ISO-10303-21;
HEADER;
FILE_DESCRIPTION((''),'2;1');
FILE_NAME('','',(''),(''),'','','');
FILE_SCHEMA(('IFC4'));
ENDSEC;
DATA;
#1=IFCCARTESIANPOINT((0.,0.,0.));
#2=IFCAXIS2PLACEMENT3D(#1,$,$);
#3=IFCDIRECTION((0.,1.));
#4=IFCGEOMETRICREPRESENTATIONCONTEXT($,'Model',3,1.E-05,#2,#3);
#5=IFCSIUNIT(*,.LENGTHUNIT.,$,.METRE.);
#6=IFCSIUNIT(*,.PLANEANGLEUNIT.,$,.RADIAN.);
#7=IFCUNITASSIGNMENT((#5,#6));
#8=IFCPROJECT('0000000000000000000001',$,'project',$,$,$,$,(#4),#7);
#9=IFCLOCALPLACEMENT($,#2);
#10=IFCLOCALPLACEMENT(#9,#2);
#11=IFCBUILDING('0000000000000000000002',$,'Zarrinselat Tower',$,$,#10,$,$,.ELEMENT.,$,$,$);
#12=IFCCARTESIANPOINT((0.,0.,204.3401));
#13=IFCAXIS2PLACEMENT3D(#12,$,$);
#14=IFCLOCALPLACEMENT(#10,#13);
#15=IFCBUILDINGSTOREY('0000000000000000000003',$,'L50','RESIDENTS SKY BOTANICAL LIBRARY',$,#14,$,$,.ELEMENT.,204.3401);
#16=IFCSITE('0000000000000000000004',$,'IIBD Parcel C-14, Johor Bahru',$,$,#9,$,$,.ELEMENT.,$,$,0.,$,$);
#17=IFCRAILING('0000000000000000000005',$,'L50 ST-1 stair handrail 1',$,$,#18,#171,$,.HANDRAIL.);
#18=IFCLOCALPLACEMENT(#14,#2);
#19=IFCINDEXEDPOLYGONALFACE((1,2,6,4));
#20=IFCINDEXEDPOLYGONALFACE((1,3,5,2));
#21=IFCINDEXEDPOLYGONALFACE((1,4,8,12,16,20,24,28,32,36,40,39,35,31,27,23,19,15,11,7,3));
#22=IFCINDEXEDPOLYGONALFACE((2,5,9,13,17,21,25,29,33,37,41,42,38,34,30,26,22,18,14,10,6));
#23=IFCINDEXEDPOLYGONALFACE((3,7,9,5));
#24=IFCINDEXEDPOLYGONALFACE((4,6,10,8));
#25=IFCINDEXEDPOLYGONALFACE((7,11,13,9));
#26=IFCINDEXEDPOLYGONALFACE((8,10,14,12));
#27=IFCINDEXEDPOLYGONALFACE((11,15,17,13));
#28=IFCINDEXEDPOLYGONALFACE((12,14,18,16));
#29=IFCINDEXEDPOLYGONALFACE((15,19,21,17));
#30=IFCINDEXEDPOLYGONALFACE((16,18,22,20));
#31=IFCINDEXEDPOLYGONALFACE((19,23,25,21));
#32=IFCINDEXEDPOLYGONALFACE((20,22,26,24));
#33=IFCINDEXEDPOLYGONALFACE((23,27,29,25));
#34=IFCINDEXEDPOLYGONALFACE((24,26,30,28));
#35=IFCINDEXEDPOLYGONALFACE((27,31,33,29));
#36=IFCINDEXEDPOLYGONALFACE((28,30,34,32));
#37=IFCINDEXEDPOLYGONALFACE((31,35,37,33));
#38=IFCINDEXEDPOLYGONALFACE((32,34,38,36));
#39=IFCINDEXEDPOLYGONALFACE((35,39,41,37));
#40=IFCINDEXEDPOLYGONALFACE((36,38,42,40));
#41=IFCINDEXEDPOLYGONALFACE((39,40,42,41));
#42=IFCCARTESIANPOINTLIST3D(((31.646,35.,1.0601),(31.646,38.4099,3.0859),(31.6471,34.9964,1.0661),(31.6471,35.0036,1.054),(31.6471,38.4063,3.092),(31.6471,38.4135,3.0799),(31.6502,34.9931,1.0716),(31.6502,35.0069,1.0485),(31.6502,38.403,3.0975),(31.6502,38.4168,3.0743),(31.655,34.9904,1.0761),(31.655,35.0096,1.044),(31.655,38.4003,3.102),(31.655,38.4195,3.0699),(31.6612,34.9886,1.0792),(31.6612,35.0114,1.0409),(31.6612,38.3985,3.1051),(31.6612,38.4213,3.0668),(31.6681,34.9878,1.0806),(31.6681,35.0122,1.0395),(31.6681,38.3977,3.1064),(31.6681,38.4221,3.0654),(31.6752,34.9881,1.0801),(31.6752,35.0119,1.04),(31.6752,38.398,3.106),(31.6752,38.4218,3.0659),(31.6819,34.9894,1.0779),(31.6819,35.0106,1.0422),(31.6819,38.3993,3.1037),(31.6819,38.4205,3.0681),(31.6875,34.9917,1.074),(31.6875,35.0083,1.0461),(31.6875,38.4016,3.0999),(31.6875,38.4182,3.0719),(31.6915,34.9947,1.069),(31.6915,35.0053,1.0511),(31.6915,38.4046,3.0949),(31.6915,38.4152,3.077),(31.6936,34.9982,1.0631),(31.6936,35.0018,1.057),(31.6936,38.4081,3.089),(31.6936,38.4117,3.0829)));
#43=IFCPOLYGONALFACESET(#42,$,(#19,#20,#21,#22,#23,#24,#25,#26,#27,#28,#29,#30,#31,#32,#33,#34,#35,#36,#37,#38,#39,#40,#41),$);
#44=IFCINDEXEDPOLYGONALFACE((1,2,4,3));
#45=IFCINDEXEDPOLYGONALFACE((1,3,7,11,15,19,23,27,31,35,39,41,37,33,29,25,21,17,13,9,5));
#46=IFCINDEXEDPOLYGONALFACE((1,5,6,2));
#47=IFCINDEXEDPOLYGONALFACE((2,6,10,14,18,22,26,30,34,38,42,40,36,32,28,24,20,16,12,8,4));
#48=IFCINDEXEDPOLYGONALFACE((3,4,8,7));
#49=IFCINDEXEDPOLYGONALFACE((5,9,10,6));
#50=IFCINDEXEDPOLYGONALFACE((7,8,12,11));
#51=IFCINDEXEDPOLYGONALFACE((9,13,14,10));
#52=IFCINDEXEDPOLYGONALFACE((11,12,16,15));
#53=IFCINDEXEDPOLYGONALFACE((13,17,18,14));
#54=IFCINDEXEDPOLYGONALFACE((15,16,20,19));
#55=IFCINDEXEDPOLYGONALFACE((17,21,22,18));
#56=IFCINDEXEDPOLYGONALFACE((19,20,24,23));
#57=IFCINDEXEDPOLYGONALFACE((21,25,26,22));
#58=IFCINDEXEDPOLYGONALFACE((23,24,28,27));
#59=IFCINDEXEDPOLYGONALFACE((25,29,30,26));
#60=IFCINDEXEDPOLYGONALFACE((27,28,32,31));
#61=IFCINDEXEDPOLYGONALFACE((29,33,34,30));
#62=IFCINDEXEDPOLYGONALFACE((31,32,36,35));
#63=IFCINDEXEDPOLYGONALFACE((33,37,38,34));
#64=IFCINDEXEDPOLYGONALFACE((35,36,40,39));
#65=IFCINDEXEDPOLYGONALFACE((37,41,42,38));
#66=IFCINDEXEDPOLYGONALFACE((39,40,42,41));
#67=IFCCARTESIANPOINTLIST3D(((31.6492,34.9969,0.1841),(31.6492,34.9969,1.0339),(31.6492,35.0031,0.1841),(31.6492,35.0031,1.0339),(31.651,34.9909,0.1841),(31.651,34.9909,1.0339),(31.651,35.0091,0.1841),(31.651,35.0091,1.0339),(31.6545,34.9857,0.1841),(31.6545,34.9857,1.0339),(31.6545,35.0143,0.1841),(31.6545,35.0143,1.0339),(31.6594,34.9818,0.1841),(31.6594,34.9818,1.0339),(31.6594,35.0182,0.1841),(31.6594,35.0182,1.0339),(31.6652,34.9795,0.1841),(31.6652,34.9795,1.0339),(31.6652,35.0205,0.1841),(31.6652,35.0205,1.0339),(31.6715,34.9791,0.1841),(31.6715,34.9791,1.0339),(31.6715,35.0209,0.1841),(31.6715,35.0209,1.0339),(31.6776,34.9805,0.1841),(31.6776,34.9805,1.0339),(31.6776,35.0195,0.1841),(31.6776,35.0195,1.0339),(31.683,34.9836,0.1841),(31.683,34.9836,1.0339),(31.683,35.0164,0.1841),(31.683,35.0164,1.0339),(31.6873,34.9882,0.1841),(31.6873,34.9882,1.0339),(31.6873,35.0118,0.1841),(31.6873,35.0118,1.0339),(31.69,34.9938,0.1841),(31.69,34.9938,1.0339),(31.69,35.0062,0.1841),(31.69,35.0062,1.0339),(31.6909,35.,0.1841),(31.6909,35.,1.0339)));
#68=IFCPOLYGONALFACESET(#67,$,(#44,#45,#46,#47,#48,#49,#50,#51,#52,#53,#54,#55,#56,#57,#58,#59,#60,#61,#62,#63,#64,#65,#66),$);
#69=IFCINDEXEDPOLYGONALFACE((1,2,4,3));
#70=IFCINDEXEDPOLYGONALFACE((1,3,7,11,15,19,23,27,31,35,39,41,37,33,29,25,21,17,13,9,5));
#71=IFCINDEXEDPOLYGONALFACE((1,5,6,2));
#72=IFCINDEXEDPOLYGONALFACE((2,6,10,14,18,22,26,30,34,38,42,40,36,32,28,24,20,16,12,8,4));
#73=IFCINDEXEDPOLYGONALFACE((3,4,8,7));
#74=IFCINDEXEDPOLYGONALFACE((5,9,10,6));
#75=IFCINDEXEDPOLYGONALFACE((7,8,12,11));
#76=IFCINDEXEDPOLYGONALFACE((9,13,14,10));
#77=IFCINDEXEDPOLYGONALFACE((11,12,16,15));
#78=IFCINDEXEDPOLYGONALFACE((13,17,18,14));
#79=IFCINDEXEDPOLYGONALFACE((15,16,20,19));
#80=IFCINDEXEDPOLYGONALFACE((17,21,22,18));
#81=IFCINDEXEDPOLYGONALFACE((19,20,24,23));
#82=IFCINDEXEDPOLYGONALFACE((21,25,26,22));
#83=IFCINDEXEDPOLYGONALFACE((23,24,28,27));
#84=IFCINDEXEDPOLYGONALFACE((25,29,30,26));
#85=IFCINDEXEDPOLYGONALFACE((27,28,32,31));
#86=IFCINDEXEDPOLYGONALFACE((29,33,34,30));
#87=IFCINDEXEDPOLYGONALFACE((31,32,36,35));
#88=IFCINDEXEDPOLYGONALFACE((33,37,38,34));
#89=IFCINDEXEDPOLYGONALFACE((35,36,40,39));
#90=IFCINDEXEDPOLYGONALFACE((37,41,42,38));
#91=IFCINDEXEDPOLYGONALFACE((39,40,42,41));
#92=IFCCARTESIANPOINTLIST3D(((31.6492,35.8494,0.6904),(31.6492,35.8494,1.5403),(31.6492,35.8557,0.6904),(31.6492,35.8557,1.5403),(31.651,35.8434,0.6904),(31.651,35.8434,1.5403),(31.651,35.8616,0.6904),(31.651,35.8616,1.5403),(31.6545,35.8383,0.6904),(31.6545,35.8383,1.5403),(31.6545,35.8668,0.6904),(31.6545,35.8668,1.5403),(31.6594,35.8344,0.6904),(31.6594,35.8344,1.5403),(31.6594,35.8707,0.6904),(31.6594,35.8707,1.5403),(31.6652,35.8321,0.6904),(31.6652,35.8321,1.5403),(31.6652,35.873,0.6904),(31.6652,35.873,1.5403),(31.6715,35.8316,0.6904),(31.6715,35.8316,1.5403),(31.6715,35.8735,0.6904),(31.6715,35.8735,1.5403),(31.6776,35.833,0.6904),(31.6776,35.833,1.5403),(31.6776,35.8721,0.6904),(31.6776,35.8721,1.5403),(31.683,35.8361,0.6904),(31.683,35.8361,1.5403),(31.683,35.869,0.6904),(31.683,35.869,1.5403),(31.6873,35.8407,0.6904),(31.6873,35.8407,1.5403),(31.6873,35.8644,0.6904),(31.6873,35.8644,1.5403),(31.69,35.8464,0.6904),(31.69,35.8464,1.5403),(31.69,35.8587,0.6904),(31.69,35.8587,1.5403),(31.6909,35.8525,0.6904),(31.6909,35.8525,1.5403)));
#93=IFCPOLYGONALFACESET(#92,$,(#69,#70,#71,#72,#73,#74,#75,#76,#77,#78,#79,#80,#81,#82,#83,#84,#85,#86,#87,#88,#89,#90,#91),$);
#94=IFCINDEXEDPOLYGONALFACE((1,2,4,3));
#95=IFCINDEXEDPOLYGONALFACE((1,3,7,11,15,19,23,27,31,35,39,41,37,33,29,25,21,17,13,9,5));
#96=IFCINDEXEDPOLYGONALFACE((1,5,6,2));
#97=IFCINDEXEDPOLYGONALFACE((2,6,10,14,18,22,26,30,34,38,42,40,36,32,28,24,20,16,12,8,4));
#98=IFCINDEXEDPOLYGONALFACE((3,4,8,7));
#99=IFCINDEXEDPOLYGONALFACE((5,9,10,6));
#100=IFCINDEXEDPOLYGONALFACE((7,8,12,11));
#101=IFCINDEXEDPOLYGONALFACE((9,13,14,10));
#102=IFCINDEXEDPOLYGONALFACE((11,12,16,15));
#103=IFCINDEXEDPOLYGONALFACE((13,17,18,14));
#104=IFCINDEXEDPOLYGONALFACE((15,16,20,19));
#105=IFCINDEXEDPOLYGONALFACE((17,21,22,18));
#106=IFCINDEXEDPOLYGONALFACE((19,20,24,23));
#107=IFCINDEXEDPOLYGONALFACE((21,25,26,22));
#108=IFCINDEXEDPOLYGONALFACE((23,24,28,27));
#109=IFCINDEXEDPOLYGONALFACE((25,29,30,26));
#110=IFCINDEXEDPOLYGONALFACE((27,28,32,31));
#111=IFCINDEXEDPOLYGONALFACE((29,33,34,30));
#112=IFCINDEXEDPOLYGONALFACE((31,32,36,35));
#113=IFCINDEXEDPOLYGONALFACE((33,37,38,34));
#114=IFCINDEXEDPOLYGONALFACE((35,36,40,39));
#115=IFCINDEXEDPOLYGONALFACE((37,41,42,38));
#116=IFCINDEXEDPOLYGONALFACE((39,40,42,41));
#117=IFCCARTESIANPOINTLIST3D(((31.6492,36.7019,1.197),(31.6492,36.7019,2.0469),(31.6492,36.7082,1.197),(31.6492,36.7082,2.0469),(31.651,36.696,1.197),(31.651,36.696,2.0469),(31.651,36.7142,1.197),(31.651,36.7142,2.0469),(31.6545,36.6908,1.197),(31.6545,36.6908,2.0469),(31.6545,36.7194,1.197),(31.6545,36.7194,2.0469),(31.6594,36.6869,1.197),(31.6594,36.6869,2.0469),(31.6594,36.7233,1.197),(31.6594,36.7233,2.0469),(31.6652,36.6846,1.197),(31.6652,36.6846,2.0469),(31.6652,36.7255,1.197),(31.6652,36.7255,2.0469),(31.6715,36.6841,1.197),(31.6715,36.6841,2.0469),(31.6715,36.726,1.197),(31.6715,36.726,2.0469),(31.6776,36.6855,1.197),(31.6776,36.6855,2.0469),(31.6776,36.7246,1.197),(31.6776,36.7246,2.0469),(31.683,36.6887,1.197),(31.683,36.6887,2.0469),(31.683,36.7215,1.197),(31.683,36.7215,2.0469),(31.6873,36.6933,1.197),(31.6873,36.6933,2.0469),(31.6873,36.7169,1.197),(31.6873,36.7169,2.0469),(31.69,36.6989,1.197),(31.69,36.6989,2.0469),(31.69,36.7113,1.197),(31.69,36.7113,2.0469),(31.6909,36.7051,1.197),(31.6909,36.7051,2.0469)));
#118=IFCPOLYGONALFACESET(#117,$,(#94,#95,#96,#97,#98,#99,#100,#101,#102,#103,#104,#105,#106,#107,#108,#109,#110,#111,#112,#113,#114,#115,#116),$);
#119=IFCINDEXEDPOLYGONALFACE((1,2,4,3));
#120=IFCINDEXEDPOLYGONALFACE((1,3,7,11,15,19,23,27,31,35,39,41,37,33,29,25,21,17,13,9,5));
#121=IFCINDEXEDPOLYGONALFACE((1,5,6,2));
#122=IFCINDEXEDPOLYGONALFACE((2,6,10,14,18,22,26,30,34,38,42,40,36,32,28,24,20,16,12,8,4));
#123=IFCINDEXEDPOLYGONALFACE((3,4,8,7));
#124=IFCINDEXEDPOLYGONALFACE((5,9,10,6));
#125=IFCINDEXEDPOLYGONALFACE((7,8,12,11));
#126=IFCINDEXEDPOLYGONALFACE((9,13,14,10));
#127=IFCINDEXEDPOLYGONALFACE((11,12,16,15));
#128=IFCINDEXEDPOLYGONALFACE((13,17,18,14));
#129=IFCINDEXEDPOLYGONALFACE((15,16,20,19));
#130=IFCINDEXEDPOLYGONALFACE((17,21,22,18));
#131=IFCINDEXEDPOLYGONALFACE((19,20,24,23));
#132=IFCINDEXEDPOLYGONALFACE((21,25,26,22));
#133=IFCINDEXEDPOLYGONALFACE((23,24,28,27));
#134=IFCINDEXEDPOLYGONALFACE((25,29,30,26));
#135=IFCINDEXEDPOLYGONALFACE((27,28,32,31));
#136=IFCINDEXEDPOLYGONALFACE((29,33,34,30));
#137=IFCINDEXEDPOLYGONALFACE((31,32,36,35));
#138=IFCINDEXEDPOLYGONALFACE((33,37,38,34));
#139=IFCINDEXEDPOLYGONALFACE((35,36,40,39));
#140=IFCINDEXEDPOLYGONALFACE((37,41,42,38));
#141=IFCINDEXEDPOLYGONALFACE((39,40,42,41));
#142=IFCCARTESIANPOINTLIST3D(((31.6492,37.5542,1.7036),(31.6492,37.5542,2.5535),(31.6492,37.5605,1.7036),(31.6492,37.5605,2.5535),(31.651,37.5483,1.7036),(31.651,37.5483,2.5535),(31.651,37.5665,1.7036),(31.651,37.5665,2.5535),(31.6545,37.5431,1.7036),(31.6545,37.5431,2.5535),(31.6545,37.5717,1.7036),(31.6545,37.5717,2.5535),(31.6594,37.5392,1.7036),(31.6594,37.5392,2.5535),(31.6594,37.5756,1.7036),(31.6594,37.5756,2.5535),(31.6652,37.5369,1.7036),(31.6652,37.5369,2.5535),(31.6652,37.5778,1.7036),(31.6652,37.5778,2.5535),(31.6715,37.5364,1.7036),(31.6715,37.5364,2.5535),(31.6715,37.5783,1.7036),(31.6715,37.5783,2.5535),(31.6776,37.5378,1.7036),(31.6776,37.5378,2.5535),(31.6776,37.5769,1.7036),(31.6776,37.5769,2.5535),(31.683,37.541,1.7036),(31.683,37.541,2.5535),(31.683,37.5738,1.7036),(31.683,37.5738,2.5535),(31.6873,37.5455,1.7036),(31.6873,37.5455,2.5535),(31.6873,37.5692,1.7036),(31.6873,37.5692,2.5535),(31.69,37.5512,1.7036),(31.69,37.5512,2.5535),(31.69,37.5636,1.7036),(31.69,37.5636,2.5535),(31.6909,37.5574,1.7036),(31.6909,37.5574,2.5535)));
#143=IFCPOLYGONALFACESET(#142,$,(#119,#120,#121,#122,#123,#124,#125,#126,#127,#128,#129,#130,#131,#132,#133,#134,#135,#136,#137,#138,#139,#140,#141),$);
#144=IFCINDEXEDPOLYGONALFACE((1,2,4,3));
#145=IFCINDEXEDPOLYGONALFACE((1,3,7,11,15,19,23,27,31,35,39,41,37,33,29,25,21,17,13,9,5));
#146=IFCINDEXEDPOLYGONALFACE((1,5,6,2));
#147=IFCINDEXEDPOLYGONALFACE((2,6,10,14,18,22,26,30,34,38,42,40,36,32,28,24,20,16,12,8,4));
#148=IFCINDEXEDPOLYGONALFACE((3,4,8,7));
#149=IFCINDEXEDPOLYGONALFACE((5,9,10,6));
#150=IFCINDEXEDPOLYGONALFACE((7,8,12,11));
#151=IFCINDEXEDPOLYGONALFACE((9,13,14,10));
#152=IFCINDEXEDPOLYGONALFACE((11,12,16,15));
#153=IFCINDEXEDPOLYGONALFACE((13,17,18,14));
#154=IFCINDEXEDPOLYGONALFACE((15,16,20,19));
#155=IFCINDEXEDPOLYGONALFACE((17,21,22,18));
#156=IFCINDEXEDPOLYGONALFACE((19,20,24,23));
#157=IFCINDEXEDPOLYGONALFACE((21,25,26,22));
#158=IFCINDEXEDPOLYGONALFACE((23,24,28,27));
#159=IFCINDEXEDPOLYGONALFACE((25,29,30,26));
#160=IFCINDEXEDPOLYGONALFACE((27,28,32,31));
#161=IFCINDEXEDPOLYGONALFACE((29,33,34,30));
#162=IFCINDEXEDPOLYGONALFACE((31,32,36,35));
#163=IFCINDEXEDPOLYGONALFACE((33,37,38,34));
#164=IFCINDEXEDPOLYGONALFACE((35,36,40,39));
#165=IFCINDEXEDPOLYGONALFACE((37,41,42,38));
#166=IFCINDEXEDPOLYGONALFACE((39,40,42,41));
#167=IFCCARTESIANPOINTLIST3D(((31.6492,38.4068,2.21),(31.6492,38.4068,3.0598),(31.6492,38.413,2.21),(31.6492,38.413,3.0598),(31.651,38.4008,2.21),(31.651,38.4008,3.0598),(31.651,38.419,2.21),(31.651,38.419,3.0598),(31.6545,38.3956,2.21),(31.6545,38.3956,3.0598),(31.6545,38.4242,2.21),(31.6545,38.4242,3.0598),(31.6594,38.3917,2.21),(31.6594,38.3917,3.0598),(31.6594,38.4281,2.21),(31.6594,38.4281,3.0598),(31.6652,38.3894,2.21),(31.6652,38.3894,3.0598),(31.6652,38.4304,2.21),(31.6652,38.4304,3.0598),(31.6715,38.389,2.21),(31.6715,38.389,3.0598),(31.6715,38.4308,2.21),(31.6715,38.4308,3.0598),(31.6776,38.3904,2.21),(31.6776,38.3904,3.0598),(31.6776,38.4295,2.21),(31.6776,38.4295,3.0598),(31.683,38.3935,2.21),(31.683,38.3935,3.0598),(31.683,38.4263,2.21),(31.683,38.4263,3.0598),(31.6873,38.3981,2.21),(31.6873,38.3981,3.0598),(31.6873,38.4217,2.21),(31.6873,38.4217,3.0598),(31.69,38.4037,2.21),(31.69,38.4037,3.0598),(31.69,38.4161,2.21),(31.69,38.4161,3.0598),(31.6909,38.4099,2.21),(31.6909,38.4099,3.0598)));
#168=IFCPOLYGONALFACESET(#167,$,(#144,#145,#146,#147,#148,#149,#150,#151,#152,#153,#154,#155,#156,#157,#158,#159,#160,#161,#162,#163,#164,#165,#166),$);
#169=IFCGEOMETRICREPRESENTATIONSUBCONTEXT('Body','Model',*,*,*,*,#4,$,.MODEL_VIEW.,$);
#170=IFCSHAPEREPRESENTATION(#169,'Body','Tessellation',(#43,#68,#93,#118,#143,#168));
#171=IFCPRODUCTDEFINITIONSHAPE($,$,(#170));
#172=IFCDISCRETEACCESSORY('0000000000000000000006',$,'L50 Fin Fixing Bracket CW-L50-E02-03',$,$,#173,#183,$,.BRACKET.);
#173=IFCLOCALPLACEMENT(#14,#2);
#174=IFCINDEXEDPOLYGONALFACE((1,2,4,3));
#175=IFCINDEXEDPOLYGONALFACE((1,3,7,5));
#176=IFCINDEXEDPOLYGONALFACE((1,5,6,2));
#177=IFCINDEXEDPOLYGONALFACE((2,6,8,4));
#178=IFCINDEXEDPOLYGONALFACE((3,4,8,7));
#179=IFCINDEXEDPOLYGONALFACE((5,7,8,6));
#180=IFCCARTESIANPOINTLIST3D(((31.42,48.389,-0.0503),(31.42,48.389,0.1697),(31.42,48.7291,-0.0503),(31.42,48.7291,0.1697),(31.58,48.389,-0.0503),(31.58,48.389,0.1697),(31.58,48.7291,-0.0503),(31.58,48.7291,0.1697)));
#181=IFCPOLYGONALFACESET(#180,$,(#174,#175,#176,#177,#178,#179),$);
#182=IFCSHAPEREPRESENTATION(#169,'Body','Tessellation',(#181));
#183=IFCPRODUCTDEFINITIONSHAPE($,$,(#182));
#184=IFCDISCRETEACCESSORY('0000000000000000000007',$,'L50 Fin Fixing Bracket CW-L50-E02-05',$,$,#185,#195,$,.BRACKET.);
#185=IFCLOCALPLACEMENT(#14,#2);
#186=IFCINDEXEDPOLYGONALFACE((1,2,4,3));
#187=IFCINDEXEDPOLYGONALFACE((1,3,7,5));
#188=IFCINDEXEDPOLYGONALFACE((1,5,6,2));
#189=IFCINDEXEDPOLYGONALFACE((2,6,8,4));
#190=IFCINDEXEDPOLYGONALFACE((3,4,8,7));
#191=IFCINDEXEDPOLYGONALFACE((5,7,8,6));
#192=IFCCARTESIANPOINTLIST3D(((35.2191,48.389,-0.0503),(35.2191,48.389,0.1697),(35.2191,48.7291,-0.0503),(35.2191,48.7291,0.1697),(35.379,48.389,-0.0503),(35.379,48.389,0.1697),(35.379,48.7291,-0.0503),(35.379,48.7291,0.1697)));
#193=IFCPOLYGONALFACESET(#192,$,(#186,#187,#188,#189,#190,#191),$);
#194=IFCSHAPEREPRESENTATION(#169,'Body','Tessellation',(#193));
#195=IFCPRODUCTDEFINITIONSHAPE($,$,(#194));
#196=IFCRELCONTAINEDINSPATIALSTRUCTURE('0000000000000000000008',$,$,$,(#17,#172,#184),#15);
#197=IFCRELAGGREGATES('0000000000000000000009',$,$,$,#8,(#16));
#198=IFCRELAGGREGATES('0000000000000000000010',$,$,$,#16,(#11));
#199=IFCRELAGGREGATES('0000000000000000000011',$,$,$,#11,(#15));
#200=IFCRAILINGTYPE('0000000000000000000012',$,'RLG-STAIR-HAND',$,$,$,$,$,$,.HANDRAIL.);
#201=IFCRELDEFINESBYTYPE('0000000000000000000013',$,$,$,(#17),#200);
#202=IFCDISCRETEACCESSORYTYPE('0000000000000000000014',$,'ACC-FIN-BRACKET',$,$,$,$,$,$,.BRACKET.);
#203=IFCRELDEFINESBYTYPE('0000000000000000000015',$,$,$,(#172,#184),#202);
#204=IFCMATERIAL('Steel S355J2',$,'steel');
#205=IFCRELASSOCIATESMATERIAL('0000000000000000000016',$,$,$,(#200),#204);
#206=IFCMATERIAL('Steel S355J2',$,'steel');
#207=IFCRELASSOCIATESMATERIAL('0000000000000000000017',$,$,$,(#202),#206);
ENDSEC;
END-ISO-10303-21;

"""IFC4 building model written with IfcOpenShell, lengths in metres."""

from ifc_helpers import new_model, si_unit, direction, frame, origin, origin_2d, place, context, subcontext, project, spatial, rectangle, circle, extrude, material, type_object, element, save


model = new_model("IFC4")

# Units and contexts
model_context = context("Model", 3, precision=1e-05, world=origin(), true_north=direction((0.0, 1.0)))
body_context = subcontext(model_context, "Body", "Model", "MODEL_VIEW")
ifc_project = project(units=[si_unit("LENGTHUNIT", "METRE"), si_unit("PLANEANGLEUNIT", "RADIAN")], contexts=[model_context])

# Site, building, storey
site_placement = place(None, origin())
site = spatial("IfcSite", under=ifc_project, at=site_placement, Name="IIBD Parcel C-14, Johor Bahru", CompositionType="ELEMENT", RefElevation=0.0)
building_placement = place(site_placement, origin())
building = spatial("IfcBuilding", under=site, at=building_placement, Name="Zarrinselat Tower", CompositionType="ELEMENT")
storey_placement = place(building_placement, frame((0.0, 0.0, 204.3401)))
storey = spatial("IfcBuildingStorey", under=building, at=storey_placement, Name="L50", Description="RESIDENTS SKY BOTANICAL LIBRARY", CompositionType="ELEMENT", Elevation=204.3401)

# Railing
ifc_material_1 = material(Name="Steel S355J2", Category="steel")
railing_type_1 = type_object("IfcRailingType", Name="RLG-STAIR-HAND", PredefinedType="HANDRAIL", material=ifc_material_1)
railing_1_placement = place(storey_placement, frame((31.6699, 35.0, 0.1841)))
element("IfcRailing", 1, at=railing_1_placement, inside=storey, type_object=railing_type_1, Name="L50 ST-1 stair handrail 1", PredefinedType="HANDRAIL", context=body_context, shape_type="SweptSolid", body=[
    extrude(circle(Radius=0.0239, at=origin_2d()), frame((0.0, 0.0, 0.876), z_axis=(0.0, 0.859717, 0.510771), x_axis=(-1.0, 0.0, 0.0)), (0.0, 0.0, 1.0), 3.9663),
    extrude(circle(Radius=0.021, at=origin_2d()), origin(), (0.0, 0.0, 1.0), 0.8499),
    extrude(circle(Radius=0.021, at=origin_2d()), frame((0.0, 0.8525, 0.5063)), (0.0, 0.0, 1.0), 0.8499),
    extrude(circle(Radius=0.021, at=origin_2d()), frame((0.0, 1.7051, 1.0129)), (0.0, 0.0, 1.0), 0.8499),
    extrude(circle(Radius=0.021, at=origin_2d()), frame((0.0, 2.5574, 1.5195)), (0.0, 0.0, 1.0), 0.8499),
    extrude(circle(Radius=0.021, at=origin_2d()), frame((0.0, 3.4099, 2.0259)), (0.0, 0.0, 1.0), 0.8499),
])

# Discrete accessories
ifc_material_2 = material(Name="Steel S355J2", Category="steel")
discrete_accessory_type = type_object("IfcDiscreteAccessoryType", Name="ACC-FIN-BRACKET", PredefinedType="BRACKET", material=ifc_material_2)
for number, where, z_axis, x_axis, name in (
    (2, (31.5, 48.5591, -0.0503), (0.0, 0.0, 1.0), (0.0, 1.0, 0.0), "L50 Fin Fixing Bracket CW-L50-E02-03"),
    (3, (35.2991, 48.5591, -0.0503), (0.0, 0.0, 1.0), (0.0, 1.0, 0.0), "L50 Fin Fixing Bracket CW-L50-E02-05"),
):
    element("IfcDiscreteAccessory", number, at=place(storey_placement, frame(where, z_axis=z_axis, x_axis=x_axis)), inside=storey, type_object=discrete_accessory_type, Name=name, PredefinedType="BRACKET", context=body_context, shape_type="SweptSolid", body=[
        extrude(rectangle(XDim=0.3401, YDim=0.1599, at=origin_2d()), origin(), (0.0, 0.0, 1.0), 0.22),
    ])

save(model, "model.ifc")
